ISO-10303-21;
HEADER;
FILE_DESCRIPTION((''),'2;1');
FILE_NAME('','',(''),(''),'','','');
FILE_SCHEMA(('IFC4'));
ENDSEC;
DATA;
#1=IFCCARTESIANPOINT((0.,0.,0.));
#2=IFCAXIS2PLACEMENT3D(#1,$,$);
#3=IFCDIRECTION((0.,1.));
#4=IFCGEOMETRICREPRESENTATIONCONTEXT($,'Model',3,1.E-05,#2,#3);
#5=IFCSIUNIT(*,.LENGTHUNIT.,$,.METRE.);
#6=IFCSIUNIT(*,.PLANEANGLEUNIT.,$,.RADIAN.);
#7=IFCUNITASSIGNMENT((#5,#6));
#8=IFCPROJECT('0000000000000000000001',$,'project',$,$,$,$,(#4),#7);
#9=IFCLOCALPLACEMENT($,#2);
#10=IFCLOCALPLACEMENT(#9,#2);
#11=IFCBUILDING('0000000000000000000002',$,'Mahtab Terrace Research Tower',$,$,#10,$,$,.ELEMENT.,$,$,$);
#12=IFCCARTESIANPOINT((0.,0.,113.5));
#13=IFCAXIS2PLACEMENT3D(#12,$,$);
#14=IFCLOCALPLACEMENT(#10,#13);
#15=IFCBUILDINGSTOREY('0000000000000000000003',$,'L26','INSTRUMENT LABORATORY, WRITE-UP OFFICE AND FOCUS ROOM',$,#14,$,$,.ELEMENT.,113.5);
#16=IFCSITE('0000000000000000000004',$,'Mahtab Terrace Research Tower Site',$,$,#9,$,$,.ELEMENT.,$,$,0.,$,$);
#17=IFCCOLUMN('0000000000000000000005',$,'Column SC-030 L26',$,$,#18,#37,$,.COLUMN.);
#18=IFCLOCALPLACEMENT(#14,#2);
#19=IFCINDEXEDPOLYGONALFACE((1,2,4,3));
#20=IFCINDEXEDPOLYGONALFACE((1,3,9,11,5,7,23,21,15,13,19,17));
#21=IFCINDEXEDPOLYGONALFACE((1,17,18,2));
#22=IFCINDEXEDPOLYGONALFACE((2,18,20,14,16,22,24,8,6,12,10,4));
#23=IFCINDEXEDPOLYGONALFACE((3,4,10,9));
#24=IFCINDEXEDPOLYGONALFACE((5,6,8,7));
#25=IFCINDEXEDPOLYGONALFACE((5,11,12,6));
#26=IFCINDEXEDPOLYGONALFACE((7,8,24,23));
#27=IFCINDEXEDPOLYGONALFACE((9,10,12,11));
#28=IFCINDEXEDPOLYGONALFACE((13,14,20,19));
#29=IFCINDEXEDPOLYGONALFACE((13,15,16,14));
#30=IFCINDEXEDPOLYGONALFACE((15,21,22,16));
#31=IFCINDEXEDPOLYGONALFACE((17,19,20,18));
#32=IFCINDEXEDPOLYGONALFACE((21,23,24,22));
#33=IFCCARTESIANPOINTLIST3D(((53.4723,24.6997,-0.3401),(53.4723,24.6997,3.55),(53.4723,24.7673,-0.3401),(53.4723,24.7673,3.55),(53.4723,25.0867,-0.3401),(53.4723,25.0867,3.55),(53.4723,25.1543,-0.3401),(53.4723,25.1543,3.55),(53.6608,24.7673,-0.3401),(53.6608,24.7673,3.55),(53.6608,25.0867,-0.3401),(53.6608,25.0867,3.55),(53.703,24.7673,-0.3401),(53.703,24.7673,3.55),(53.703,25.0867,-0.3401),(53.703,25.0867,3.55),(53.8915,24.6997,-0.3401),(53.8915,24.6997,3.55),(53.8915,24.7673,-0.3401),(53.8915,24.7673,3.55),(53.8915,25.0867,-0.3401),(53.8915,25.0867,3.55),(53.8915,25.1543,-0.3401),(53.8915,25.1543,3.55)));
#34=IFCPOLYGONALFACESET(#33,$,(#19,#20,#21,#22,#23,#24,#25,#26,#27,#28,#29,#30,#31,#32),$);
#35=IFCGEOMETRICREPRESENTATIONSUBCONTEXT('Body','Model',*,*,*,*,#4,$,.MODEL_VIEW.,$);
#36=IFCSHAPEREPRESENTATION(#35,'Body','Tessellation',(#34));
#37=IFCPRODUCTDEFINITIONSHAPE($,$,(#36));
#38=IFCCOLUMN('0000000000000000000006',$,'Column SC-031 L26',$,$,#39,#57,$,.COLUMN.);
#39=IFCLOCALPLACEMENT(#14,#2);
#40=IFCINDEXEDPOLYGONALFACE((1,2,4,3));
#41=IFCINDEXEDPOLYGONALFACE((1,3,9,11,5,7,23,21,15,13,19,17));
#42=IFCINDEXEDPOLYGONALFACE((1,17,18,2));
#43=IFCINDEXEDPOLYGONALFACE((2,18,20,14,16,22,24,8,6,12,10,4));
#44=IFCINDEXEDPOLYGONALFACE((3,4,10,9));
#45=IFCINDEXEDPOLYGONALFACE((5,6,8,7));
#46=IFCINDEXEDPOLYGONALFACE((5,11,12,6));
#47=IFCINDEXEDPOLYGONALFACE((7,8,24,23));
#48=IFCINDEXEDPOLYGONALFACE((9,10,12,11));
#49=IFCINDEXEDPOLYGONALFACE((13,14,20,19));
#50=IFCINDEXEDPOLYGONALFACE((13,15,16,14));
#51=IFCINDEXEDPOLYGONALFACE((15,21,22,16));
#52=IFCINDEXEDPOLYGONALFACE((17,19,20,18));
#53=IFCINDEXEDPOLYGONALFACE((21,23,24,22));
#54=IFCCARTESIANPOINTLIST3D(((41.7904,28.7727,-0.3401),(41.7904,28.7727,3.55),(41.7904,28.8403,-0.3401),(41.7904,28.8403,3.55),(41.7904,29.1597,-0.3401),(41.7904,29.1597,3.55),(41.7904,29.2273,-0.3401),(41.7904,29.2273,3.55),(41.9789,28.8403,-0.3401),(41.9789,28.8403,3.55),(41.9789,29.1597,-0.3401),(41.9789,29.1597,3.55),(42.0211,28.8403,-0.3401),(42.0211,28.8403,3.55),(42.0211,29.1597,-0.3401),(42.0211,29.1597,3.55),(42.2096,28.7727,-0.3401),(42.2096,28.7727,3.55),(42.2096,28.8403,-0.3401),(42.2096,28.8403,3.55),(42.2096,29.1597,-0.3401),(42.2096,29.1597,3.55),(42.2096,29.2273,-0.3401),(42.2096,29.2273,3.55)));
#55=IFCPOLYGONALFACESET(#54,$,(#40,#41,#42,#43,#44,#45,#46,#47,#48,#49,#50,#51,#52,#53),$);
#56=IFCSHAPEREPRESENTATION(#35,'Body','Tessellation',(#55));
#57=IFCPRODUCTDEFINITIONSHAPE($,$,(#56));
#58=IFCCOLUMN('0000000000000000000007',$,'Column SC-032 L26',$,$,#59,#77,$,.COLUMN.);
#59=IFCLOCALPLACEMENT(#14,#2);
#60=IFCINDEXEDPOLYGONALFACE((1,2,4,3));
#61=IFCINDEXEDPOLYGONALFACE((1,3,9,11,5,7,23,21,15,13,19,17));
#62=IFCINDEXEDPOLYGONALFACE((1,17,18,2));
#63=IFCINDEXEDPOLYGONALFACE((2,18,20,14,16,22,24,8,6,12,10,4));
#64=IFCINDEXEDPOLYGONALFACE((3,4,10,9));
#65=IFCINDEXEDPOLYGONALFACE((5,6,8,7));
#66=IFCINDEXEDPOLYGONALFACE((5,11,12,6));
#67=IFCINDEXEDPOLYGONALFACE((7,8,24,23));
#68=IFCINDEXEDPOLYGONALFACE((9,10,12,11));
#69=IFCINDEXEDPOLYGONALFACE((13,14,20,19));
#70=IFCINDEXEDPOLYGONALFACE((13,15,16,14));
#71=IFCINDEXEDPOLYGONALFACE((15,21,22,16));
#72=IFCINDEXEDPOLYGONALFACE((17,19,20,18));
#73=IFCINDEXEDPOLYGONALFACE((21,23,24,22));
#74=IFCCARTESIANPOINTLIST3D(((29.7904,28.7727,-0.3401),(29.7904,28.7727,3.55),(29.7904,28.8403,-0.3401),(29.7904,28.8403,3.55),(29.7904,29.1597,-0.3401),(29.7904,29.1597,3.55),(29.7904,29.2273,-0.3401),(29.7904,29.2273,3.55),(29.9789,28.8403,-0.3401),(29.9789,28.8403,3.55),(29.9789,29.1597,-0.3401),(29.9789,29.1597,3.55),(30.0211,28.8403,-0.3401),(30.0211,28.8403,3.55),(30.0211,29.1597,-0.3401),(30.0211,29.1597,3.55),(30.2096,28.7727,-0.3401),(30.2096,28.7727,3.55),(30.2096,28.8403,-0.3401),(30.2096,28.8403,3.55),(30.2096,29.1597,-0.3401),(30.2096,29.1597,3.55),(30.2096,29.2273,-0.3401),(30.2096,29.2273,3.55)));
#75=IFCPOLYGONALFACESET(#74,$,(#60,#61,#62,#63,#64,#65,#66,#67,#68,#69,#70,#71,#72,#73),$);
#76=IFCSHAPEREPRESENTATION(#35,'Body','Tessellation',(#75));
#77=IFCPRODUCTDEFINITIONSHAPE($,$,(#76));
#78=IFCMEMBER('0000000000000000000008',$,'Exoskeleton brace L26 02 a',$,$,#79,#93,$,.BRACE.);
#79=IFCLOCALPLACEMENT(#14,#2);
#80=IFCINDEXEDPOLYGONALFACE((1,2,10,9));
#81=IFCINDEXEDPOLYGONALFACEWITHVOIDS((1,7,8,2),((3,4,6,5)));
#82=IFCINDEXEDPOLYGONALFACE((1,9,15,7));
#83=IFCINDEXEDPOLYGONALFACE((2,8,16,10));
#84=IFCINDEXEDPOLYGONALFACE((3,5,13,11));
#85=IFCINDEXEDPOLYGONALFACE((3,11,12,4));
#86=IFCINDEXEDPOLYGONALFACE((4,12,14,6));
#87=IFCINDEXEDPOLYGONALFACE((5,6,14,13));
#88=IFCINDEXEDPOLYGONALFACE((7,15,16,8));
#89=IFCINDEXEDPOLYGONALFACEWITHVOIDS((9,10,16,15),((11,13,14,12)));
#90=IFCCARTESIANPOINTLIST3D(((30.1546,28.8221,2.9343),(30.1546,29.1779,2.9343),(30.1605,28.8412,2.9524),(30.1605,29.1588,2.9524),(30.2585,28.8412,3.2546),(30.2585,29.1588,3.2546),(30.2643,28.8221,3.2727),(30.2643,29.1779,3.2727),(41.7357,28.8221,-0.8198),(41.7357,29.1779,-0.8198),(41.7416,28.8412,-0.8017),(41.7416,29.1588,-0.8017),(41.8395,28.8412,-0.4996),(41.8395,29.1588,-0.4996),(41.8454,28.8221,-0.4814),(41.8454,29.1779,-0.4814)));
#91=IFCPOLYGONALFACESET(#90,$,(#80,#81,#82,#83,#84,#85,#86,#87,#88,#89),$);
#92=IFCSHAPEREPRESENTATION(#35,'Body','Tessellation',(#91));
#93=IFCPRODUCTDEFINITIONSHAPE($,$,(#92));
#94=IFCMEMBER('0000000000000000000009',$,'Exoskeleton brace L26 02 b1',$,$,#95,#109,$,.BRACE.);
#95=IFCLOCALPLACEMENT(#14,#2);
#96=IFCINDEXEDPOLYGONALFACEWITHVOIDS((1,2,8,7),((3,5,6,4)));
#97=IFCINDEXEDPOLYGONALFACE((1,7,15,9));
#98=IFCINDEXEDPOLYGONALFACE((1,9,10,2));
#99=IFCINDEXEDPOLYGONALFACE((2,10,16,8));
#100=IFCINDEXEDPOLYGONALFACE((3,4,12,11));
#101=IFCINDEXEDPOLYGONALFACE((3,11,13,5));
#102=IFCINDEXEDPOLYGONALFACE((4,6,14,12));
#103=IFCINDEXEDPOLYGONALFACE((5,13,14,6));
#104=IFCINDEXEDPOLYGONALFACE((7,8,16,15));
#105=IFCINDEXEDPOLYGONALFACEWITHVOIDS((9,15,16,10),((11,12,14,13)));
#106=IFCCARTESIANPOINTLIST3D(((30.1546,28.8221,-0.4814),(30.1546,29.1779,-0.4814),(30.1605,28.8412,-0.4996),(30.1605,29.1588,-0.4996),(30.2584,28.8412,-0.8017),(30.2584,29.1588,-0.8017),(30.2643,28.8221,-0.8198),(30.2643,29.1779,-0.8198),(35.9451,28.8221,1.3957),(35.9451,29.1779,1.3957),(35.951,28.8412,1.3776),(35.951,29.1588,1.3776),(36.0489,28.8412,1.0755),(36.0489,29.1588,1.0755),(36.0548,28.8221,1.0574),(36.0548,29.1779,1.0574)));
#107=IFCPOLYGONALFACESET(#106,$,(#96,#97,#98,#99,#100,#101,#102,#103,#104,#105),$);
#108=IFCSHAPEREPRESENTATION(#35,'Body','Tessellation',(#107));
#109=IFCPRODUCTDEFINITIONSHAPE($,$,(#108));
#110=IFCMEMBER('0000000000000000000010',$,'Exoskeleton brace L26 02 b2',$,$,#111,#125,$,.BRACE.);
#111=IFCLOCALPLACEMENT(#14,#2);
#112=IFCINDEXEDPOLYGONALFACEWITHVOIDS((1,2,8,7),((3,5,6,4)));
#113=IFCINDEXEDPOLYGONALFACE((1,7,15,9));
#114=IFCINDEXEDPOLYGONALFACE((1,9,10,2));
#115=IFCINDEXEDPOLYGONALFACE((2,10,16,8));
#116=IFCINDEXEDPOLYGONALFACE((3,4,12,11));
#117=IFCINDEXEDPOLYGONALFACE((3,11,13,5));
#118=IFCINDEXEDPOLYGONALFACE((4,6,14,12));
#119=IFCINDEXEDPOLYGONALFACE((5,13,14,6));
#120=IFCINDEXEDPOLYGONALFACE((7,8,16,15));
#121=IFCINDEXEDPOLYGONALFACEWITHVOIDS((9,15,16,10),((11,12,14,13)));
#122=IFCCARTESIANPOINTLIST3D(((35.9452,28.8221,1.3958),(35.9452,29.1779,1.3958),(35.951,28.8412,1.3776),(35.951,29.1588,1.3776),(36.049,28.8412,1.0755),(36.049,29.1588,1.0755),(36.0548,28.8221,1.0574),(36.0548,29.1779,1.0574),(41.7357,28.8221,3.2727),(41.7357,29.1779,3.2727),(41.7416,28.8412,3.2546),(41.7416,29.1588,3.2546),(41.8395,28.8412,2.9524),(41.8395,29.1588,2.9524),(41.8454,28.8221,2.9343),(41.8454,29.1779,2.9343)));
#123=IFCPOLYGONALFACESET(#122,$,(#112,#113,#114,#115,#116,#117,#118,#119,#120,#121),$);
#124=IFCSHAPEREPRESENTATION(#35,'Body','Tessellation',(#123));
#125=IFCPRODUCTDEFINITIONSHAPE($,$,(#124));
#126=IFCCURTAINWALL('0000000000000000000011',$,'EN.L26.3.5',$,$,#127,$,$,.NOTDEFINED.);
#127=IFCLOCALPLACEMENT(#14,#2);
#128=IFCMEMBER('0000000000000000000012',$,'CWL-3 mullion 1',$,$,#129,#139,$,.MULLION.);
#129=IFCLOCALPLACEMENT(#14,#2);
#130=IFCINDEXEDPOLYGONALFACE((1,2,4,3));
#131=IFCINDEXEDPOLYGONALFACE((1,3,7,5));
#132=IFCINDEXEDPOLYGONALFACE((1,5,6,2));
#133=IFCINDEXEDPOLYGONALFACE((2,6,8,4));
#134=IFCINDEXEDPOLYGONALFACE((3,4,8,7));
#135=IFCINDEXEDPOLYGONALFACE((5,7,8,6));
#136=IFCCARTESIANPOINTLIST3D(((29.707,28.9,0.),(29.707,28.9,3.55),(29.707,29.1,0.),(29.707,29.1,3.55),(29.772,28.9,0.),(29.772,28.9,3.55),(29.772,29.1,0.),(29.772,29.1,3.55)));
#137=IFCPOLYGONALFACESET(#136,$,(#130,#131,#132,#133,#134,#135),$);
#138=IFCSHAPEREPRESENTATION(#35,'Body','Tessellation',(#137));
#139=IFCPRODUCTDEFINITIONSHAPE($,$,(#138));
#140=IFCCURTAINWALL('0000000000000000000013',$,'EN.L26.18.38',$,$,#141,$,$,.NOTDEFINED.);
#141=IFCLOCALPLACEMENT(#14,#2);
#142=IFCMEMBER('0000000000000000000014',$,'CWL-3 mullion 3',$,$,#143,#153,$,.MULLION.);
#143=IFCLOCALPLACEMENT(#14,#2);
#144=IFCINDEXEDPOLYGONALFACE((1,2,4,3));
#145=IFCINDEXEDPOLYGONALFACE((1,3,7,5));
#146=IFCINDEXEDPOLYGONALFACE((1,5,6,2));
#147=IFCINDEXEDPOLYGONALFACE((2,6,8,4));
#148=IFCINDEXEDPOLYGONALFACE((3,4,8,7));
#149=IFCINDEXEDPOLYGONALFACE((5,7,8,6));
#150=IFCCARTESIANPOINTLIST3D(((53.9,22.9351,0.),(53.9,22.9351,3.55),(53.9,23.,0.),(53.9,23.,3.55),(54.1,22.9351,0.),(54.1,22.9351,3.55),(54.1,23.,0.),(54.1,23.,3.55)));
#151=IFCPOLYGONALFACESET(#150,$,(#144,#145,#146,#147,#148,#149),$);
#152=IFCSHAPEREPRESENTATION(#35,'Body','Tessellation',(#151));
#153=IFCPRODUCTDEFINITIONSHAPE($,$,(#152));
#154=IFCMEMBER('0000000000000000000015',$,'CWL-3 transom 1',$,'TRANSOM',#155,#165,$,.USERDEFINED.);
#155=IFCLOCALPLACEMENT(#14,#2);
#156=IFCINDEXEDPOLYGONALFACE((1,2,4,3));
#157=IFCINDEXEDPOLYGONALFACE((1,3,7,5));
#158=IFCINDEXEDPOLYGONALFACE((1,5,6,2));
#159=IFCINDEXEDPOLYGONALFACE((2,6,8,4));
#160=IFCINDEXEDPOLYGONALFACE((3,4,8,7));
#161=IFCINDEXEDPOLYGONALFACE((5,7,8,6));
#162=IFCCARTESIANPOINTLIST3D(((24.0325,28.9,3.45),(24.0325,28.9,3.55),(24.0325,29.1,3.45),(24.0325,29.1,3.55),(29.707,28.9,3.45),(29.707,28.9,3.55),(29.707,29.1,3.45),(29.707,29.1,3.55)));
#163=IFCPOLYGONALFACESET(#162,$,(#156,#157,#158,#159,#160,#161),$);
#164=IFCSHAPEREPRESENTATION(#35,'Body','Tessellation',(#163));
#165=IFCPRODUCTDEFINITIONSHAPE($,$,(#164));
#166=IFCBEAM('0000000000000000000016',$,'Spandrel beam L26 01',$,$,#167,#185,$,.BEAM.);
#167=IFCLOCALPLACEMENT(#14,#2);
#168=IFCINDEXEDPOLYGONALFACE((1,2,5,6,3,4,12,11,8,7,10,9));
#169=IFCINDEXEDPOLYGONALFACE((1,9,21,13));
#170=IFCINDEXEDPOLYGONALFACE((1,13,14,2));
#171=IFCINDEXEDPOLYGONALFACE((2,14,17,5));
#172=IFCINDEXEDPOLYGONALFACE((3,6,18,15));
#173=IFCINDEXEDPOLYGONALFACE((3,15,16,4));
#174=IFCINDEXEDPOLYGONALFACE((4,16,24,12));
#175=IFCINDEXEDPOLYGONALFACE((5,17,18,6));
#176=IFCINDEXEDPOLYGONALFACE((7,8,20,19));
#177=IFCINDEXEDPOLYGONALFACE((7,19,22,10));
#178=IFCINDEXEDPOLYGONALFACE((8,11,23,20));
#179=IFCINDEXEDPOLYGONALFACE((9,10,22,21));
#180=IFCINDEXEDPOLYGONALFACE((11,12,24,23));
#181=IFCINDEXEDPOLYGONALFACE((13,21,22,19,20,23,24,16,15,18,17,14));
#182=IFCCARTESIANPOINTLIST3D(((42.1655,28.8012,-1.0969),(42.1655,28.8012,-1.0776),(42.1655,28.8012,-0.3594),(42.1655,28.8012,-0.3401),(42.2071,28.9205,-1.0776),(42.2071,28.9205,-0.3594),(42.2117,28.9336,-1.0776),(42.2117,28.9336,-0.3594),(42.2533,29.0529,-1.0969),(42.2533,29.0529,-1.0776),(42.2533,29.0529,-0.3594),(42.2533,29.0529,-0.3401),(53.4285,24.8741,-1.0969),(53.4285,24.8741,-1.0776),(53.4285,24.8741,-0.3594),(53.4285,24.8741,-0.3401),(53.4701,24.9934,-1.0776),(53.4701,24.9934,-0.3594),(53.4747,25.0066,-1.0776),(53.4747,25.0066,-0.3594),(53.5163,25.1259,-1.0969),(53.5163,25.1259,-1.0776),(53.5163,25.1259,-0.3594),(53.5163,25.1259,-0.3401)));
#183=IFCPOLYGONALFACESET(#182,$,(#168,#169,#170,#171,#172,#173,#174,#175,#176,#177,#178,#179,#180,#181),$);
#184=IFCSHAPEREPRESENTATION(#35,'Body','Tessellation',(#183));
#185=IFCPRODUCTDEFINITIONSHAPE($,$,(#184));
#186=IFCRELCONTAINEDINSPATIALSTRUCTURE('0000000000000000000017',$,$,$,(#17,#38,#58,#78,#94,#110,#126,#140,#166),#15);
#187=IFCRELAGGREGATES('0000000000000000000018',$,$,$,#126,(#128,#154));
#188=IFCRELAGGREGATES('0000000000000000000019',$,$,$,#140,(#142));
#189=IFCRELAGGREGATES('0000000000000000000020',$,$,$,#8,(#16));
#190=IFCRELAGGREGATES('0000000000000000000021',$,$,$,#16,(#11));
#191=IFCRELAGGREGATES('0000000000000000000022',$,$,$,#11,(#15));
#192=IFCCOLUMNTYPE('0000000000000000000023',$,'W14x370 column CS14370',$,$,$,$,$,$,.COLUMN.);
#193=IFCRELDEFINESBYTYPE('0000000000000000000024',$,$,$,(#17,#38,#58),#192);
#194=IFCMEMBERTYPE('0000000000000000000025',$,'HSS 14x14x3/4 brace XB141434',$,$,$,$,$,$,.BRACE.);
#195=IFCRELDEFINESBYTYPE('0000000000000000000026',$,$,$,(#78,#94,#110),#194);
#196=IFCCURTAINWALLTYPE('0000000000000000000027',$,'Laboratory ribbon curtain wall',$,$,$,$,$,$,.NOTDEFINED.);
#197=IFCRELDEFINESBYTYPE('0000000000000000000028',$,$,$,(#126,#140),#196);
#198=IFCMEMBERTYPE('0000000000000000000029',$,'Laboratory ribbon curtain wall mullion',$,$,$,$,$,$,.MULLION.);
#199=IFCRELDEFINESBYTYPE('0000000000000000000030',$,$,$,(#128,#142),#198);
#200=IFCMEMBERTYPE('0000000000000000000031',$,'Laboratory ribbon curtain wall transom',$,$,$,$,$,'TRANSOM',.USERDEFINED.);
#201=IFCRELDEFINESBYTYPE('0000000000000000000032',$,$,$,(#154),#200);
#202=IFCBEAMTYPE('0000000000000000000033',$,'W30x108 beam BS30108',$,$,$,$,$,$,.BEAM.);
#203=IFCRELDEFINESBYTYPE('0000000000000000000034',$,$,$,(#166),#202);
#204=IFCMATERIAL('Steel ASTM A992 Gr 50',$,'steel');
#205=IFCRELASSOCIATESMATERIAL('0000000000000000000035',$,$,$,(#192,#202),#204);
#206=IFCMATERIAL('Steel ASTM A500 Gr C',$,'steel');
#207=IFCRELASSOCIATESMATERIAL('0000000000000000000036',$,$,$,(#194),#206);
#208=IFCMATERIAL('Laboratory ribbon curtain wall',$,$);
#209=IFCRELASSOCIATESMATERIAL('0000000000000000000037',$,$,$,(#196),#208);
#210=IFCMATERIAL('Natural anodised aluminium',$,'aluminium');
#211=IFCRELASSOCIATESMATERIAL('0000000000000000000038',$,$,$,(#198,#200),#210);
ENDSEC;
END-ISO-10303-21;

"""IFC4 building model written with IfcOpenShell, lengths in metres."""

from ifc_helpers import new_model, si_unit, direction, frame, origin, origin_2d, place, context, subcontext, project, spatial, rectangle, hollow_rectangle, i_section, extrude, material, material_profile, profile_set, type_object, element, aggregate, save


model = new_model("IFC4")

# Units and contexts
model_context = context("Model", 3, precision=1e-05, world=origin(), true_north=direction((0.0, 1.0)))
body_context = subcontext(model_context, "Body", "Model", "MODEL_VIEW")
ifc_project = project(units=[si_unit("LENGTHUNIT", "METRE"), si_unit("PLANEANGLEUNIT", "RADIAN")], contexts=[model_context])

# Site, building, storey
site_placement = place(None, origin())
site = spatial("IfcSite", under=ifc_project, at=site_placement, Name="Mahtab Terrace Research Tower Site", CompositionType="ELEMENT", RefElevation=0.0)
building_placement = place(site_placement, origin())
building = spatial("IfcBuilding", under=site, at=building_placement, Name="Mahtab Terrace Research Tower", CompositionType="ELEMENT")
storey_placement = place(building_placement, frame((0.0, 0.0, 113.5)))
storey = spatial("IfcBuildingStorey", under=building, at=storey_placement, Name="L26", Description="INSTRUMENT LABORATORY, WRITE-UP OFFICE AND FOCUS ROOM", CompositionType="ELEMENT", Elevation=113.5)

# Columns
ifc_material_1 = material(Name="Steel ASTM A992 Gr 50", Category="steel")
ifc_material_profile_1 = material_profile(ifc_material_1, i_section(OverallWidth=0.4192, OverallDepth=0.4546, WebThickness=0.0422, FlangeThickness=0.0676, at=origin_2d()), Name="W14X370")
ifc_profile_set_1 = profile_set([ifc_material_profile_1], Name="Steel ASTM A992 Gr 50")
column_type = type_object("IfcColumnType", Name="W14x370 column CS14370", PredefinedType="COLUMN", material=ifc_profile_set_1)
for number, where, z_axis, x_axis, name in (
    (1, (53.6819, 24.927, -0.3401), (0.0, 0.0, 1.0), (1.0, 0.0, 0.0), "Column SC-030 L26"),
    (2, (42.0, 29.0, -0.3401), (0.0, 0.0, 1.0), (1.0, 0.0, 0.0), "Column SC-031 L26"),
    (3, (30.0, 29.0, -0.3401), (0.0, 0.0, 1.0), (1.0, 0.0, 0.0), "Column SC-032 L26"),
):
    element("IfcColumn", number, at=place(storey_placement, frame(where, z_axis=z_axis, x_axis=x_axis)), inside=storey, type_object=column_type, Name=name, PredefinedType="COLUMN", context=body_context, shape_type="SweptSolid", body=[
        extrude(i_section(OverallWidth=0.4192, OverallDepth=0.4546, WebThickness=0.0422, FlangeThickness=0.0676, at=origin_2d()), origin(), (0.0, 0.0, 1.0), 3.8901),
    ])

# Members
ifc_material_2 = material(Name="Steel ASTM A500 Gr C", Category="steel")
ifc_material_profile_2 = material_profile(ifc_material_2, hollow_rectangle(XDim=0.3557, YDim=0.3557, WallThickness=0.019, at=origin_2d()), Name="HSS14X14X3/4")
ifc_profile_set_2 = profile_set([ifc_material_profile_2], Name="Steel ASTM A500 Gr C")
member_type_1 = type_object("IfcMemberType", Name="HSS 14x14x3/4 brace XB141434", PredefinedType="BRACE", material=ifc_profile_set_2)
member_1_placement = place(storey_placement, frame((41.7905, 29.0, -0.6506), z_axis=(-0.951268, 0.0, 0.308366), x_axis=(0.0, -1.0, 0.0)))
element("IfcMember", 4, at=member_1_placement, inside=storey, type_object=member_type_1, Name="Exoskeleton brace L26 02 a", PredefinedType="BRACE", context=body_context, shape_type="SweptSolid", body=[
    extrude(hollow_rectangle(XDim=0.3557, YDim=0.3557, WallThickness=0.019, at=origin_2d()), origin(), (0.0, 0.0, 1.0), 12.1743),
])
for number, where, z_axis, x_axis, name in (
    (5, (30.2095, 29.0, -0.6506), (0.951262, 0.0, 0.308384), (0.0, 1.0, 0.0), "Exoskeleton brace L26 02 b1"),
    (6, (36.0, 29.0, 1.2266), (0.951274, 0.0, 0.308348), (0.0, 1.0, 0.0), "Exoskeleton brace L26 02 b2"),
):
    element("IfcMember", number, at=place(storey_placement, frame(where, z_axis=z_axis, x_axis=x_axis)), inside=storey, type_object=member_type_1, Name=name, PredefinedType="BRACE", context=body_context, shape_type="SweptSolid", body=[
        extrude(hollow_rectangle(XDim=0.3557, YDim=0.3557, WallThickness=0.019, at=origin_2d()), origin(), (0.0, 0.0, 1.0), 6.0872),
    ])

# Curtain walls, members
ifc_material_3 = material(Name="Laboratory ribbon curtain wall")
curtain_wall_type = type_object("IfcCurtainWallType", Name="Laboratory ribbon curtain wall", PredefinedType="NOTDEFINED", material=ifc_material_3)
curtain_wall_1_placement = place(storey_placement, origin())
curtain_wall_1 = element("IfcCurtainWall", 7, at=curtain_wall_1_placement, inside=storey, type_object=curtain_wall_type, Name="EN.L26.3.5", PredefinedType="NOTDEFINED")
ifc_material_4 = material(Name="Natural anodised aluminium", Category="aluminium")
ifc_material_profile_3 = material_profile(ifc_material_4, rectangle(XDim=0.2, YDim=0.0649, at=origin_2d()), Name="MULLION 65x200")
ifc_profile_set_3 = profile_set([ifc_material_profile_3], Name="Natural anodised aluminium")
member_type_2 = type_object("IfcMemberType", Name="Laboratory ribbon curtain wall mullion", PredefinedType="MULLION", material=ifc_profile_set_3)
member_2_placement = place(storey_placement, frame((29.7395, 29.0, 0.0), z_axis=(0.0, 0.0, 1.0), x_axis=(0.0, -1.0, 0.0)))
member_2 = element("IfcMember", 8, at=member_2_placement, type_object=member_type_2, Name="CWL-3 mullion 1", PredefinedType="MULLION", context=body_context, shape_type="SweptSolid", body=[
    extrude(rectangle(XDim=0.2, YDim=0.0649, at=origin_2d()), origin(), (0.0, 0.0, 1.0), 3.55),
])
curtain_wall_2_placement = place(storey_placement, origin())
curtain_wall_2 = element("IfcCurtainWall", 9, at=curtain_wall_2_placement, inside=storey, type_object=curtain_wall_type, Name="EN.L26.18.38", PredefinedType="NOTDEFINED")
member_3_placement = place(storey_placement, frame((54.0, 22.9675, 0.0), z_axis=(0.0, 0.0, 1.0), x_axis=(-1.0, 0.0, 0.0)))
member_3 = element("IfcMember", 10, at=member_3_placement, type_object=member_type_2, Name="CWL-3 mullion 3", PredefinedType="MULLION", context=body_context, shape_type="SweptSolid", body=[
    extrude(rectangle(XDim=0.2, YDim=0.0649, at=origin_2d()), origin(), (0.0, 0.0, 1.0), 3.55),
])

# Member
ifc_material_profile_4 = material_profile(ifc_material_4, rectangle(XDim=0.2, YDim=0.1001, at=origin_2d()), Name="TRANSOM 100x200")
ifc_profile_set_4 = profile_set([ifc_material_profile_4], Name="Natural anodised aluminium")
member_type_3 = type_object("IfcMemberType", Name="Laboratory ribbon curtain wall transom", ElementType="TRANSOM", PredefinedType="USERDEFINED", material=ifc_profile_set_4)
member_4_placement = place(storey_placement, frame((29.707, 29.0, 3.5), z_axis=(-1.0, 0.0, 0.0), x_axis=(0.0, -1.0, 0.0)))
member_4 = element("IfcMember", 11, at=member_4_placement, type_object=member_type_3, Name="CWL-3 transom 1", ObjectType="TRANSOM", PredefinedType="USERDEFINED", context=body_context, shape_type="SweptSolid", body=[
    extrude(rectangle(XDim=0.2, YDim=0.1001, at=origin_2d()), origin(), (0.0, 0.0, 1.0), 5.6746),
])
aggregate(curtain_wall_1, [member_2, member_4])

# Beam
ifc_material_profile_5 = material_profile(ifc_material_1, i_section(OverallWidth=0.2666, OverallDepth=0.7568, WebThickness=0.0139, FlangeThickness=0.0193, at=origin_2d()), Name="W30X108")
ifc_profile_set_5 = profile_set([ifc_material_profile_5], Name="Steel ASTM A992 Gr 50")
beam_type = type_object("IfcBeamType", Name="W30x108 beam BS30108", PredefinedType="BEAM", material=ifc_profile_set_5)
beam_placement = place(storey_placement, frame((53.4724, 25.0, -0.7185), z_axis=(-0.944251, 0.329228, 0.0), x_axis=(-0.329228, -0.944251, 0.0)))
element("IfcBeam", 12, at=beam_placement, inside=storey, type_object=beam_type, Name="Spandrel beam L26 01", PredefinedType="BEAM", context=body_context, shape_type="SweptSolid", body=[
    extrude(i_section(OverallWidth=0.2666, OverallDepth=0.7568, WebThickness=0.0139, FlangeThickness=0.0193, at=origin_2d()), origin(), (0.0, 0.0, 1.0), 11.928),
])

aggregate(curtain_wall_2, [member_3])

save(model, "model.ifc")
